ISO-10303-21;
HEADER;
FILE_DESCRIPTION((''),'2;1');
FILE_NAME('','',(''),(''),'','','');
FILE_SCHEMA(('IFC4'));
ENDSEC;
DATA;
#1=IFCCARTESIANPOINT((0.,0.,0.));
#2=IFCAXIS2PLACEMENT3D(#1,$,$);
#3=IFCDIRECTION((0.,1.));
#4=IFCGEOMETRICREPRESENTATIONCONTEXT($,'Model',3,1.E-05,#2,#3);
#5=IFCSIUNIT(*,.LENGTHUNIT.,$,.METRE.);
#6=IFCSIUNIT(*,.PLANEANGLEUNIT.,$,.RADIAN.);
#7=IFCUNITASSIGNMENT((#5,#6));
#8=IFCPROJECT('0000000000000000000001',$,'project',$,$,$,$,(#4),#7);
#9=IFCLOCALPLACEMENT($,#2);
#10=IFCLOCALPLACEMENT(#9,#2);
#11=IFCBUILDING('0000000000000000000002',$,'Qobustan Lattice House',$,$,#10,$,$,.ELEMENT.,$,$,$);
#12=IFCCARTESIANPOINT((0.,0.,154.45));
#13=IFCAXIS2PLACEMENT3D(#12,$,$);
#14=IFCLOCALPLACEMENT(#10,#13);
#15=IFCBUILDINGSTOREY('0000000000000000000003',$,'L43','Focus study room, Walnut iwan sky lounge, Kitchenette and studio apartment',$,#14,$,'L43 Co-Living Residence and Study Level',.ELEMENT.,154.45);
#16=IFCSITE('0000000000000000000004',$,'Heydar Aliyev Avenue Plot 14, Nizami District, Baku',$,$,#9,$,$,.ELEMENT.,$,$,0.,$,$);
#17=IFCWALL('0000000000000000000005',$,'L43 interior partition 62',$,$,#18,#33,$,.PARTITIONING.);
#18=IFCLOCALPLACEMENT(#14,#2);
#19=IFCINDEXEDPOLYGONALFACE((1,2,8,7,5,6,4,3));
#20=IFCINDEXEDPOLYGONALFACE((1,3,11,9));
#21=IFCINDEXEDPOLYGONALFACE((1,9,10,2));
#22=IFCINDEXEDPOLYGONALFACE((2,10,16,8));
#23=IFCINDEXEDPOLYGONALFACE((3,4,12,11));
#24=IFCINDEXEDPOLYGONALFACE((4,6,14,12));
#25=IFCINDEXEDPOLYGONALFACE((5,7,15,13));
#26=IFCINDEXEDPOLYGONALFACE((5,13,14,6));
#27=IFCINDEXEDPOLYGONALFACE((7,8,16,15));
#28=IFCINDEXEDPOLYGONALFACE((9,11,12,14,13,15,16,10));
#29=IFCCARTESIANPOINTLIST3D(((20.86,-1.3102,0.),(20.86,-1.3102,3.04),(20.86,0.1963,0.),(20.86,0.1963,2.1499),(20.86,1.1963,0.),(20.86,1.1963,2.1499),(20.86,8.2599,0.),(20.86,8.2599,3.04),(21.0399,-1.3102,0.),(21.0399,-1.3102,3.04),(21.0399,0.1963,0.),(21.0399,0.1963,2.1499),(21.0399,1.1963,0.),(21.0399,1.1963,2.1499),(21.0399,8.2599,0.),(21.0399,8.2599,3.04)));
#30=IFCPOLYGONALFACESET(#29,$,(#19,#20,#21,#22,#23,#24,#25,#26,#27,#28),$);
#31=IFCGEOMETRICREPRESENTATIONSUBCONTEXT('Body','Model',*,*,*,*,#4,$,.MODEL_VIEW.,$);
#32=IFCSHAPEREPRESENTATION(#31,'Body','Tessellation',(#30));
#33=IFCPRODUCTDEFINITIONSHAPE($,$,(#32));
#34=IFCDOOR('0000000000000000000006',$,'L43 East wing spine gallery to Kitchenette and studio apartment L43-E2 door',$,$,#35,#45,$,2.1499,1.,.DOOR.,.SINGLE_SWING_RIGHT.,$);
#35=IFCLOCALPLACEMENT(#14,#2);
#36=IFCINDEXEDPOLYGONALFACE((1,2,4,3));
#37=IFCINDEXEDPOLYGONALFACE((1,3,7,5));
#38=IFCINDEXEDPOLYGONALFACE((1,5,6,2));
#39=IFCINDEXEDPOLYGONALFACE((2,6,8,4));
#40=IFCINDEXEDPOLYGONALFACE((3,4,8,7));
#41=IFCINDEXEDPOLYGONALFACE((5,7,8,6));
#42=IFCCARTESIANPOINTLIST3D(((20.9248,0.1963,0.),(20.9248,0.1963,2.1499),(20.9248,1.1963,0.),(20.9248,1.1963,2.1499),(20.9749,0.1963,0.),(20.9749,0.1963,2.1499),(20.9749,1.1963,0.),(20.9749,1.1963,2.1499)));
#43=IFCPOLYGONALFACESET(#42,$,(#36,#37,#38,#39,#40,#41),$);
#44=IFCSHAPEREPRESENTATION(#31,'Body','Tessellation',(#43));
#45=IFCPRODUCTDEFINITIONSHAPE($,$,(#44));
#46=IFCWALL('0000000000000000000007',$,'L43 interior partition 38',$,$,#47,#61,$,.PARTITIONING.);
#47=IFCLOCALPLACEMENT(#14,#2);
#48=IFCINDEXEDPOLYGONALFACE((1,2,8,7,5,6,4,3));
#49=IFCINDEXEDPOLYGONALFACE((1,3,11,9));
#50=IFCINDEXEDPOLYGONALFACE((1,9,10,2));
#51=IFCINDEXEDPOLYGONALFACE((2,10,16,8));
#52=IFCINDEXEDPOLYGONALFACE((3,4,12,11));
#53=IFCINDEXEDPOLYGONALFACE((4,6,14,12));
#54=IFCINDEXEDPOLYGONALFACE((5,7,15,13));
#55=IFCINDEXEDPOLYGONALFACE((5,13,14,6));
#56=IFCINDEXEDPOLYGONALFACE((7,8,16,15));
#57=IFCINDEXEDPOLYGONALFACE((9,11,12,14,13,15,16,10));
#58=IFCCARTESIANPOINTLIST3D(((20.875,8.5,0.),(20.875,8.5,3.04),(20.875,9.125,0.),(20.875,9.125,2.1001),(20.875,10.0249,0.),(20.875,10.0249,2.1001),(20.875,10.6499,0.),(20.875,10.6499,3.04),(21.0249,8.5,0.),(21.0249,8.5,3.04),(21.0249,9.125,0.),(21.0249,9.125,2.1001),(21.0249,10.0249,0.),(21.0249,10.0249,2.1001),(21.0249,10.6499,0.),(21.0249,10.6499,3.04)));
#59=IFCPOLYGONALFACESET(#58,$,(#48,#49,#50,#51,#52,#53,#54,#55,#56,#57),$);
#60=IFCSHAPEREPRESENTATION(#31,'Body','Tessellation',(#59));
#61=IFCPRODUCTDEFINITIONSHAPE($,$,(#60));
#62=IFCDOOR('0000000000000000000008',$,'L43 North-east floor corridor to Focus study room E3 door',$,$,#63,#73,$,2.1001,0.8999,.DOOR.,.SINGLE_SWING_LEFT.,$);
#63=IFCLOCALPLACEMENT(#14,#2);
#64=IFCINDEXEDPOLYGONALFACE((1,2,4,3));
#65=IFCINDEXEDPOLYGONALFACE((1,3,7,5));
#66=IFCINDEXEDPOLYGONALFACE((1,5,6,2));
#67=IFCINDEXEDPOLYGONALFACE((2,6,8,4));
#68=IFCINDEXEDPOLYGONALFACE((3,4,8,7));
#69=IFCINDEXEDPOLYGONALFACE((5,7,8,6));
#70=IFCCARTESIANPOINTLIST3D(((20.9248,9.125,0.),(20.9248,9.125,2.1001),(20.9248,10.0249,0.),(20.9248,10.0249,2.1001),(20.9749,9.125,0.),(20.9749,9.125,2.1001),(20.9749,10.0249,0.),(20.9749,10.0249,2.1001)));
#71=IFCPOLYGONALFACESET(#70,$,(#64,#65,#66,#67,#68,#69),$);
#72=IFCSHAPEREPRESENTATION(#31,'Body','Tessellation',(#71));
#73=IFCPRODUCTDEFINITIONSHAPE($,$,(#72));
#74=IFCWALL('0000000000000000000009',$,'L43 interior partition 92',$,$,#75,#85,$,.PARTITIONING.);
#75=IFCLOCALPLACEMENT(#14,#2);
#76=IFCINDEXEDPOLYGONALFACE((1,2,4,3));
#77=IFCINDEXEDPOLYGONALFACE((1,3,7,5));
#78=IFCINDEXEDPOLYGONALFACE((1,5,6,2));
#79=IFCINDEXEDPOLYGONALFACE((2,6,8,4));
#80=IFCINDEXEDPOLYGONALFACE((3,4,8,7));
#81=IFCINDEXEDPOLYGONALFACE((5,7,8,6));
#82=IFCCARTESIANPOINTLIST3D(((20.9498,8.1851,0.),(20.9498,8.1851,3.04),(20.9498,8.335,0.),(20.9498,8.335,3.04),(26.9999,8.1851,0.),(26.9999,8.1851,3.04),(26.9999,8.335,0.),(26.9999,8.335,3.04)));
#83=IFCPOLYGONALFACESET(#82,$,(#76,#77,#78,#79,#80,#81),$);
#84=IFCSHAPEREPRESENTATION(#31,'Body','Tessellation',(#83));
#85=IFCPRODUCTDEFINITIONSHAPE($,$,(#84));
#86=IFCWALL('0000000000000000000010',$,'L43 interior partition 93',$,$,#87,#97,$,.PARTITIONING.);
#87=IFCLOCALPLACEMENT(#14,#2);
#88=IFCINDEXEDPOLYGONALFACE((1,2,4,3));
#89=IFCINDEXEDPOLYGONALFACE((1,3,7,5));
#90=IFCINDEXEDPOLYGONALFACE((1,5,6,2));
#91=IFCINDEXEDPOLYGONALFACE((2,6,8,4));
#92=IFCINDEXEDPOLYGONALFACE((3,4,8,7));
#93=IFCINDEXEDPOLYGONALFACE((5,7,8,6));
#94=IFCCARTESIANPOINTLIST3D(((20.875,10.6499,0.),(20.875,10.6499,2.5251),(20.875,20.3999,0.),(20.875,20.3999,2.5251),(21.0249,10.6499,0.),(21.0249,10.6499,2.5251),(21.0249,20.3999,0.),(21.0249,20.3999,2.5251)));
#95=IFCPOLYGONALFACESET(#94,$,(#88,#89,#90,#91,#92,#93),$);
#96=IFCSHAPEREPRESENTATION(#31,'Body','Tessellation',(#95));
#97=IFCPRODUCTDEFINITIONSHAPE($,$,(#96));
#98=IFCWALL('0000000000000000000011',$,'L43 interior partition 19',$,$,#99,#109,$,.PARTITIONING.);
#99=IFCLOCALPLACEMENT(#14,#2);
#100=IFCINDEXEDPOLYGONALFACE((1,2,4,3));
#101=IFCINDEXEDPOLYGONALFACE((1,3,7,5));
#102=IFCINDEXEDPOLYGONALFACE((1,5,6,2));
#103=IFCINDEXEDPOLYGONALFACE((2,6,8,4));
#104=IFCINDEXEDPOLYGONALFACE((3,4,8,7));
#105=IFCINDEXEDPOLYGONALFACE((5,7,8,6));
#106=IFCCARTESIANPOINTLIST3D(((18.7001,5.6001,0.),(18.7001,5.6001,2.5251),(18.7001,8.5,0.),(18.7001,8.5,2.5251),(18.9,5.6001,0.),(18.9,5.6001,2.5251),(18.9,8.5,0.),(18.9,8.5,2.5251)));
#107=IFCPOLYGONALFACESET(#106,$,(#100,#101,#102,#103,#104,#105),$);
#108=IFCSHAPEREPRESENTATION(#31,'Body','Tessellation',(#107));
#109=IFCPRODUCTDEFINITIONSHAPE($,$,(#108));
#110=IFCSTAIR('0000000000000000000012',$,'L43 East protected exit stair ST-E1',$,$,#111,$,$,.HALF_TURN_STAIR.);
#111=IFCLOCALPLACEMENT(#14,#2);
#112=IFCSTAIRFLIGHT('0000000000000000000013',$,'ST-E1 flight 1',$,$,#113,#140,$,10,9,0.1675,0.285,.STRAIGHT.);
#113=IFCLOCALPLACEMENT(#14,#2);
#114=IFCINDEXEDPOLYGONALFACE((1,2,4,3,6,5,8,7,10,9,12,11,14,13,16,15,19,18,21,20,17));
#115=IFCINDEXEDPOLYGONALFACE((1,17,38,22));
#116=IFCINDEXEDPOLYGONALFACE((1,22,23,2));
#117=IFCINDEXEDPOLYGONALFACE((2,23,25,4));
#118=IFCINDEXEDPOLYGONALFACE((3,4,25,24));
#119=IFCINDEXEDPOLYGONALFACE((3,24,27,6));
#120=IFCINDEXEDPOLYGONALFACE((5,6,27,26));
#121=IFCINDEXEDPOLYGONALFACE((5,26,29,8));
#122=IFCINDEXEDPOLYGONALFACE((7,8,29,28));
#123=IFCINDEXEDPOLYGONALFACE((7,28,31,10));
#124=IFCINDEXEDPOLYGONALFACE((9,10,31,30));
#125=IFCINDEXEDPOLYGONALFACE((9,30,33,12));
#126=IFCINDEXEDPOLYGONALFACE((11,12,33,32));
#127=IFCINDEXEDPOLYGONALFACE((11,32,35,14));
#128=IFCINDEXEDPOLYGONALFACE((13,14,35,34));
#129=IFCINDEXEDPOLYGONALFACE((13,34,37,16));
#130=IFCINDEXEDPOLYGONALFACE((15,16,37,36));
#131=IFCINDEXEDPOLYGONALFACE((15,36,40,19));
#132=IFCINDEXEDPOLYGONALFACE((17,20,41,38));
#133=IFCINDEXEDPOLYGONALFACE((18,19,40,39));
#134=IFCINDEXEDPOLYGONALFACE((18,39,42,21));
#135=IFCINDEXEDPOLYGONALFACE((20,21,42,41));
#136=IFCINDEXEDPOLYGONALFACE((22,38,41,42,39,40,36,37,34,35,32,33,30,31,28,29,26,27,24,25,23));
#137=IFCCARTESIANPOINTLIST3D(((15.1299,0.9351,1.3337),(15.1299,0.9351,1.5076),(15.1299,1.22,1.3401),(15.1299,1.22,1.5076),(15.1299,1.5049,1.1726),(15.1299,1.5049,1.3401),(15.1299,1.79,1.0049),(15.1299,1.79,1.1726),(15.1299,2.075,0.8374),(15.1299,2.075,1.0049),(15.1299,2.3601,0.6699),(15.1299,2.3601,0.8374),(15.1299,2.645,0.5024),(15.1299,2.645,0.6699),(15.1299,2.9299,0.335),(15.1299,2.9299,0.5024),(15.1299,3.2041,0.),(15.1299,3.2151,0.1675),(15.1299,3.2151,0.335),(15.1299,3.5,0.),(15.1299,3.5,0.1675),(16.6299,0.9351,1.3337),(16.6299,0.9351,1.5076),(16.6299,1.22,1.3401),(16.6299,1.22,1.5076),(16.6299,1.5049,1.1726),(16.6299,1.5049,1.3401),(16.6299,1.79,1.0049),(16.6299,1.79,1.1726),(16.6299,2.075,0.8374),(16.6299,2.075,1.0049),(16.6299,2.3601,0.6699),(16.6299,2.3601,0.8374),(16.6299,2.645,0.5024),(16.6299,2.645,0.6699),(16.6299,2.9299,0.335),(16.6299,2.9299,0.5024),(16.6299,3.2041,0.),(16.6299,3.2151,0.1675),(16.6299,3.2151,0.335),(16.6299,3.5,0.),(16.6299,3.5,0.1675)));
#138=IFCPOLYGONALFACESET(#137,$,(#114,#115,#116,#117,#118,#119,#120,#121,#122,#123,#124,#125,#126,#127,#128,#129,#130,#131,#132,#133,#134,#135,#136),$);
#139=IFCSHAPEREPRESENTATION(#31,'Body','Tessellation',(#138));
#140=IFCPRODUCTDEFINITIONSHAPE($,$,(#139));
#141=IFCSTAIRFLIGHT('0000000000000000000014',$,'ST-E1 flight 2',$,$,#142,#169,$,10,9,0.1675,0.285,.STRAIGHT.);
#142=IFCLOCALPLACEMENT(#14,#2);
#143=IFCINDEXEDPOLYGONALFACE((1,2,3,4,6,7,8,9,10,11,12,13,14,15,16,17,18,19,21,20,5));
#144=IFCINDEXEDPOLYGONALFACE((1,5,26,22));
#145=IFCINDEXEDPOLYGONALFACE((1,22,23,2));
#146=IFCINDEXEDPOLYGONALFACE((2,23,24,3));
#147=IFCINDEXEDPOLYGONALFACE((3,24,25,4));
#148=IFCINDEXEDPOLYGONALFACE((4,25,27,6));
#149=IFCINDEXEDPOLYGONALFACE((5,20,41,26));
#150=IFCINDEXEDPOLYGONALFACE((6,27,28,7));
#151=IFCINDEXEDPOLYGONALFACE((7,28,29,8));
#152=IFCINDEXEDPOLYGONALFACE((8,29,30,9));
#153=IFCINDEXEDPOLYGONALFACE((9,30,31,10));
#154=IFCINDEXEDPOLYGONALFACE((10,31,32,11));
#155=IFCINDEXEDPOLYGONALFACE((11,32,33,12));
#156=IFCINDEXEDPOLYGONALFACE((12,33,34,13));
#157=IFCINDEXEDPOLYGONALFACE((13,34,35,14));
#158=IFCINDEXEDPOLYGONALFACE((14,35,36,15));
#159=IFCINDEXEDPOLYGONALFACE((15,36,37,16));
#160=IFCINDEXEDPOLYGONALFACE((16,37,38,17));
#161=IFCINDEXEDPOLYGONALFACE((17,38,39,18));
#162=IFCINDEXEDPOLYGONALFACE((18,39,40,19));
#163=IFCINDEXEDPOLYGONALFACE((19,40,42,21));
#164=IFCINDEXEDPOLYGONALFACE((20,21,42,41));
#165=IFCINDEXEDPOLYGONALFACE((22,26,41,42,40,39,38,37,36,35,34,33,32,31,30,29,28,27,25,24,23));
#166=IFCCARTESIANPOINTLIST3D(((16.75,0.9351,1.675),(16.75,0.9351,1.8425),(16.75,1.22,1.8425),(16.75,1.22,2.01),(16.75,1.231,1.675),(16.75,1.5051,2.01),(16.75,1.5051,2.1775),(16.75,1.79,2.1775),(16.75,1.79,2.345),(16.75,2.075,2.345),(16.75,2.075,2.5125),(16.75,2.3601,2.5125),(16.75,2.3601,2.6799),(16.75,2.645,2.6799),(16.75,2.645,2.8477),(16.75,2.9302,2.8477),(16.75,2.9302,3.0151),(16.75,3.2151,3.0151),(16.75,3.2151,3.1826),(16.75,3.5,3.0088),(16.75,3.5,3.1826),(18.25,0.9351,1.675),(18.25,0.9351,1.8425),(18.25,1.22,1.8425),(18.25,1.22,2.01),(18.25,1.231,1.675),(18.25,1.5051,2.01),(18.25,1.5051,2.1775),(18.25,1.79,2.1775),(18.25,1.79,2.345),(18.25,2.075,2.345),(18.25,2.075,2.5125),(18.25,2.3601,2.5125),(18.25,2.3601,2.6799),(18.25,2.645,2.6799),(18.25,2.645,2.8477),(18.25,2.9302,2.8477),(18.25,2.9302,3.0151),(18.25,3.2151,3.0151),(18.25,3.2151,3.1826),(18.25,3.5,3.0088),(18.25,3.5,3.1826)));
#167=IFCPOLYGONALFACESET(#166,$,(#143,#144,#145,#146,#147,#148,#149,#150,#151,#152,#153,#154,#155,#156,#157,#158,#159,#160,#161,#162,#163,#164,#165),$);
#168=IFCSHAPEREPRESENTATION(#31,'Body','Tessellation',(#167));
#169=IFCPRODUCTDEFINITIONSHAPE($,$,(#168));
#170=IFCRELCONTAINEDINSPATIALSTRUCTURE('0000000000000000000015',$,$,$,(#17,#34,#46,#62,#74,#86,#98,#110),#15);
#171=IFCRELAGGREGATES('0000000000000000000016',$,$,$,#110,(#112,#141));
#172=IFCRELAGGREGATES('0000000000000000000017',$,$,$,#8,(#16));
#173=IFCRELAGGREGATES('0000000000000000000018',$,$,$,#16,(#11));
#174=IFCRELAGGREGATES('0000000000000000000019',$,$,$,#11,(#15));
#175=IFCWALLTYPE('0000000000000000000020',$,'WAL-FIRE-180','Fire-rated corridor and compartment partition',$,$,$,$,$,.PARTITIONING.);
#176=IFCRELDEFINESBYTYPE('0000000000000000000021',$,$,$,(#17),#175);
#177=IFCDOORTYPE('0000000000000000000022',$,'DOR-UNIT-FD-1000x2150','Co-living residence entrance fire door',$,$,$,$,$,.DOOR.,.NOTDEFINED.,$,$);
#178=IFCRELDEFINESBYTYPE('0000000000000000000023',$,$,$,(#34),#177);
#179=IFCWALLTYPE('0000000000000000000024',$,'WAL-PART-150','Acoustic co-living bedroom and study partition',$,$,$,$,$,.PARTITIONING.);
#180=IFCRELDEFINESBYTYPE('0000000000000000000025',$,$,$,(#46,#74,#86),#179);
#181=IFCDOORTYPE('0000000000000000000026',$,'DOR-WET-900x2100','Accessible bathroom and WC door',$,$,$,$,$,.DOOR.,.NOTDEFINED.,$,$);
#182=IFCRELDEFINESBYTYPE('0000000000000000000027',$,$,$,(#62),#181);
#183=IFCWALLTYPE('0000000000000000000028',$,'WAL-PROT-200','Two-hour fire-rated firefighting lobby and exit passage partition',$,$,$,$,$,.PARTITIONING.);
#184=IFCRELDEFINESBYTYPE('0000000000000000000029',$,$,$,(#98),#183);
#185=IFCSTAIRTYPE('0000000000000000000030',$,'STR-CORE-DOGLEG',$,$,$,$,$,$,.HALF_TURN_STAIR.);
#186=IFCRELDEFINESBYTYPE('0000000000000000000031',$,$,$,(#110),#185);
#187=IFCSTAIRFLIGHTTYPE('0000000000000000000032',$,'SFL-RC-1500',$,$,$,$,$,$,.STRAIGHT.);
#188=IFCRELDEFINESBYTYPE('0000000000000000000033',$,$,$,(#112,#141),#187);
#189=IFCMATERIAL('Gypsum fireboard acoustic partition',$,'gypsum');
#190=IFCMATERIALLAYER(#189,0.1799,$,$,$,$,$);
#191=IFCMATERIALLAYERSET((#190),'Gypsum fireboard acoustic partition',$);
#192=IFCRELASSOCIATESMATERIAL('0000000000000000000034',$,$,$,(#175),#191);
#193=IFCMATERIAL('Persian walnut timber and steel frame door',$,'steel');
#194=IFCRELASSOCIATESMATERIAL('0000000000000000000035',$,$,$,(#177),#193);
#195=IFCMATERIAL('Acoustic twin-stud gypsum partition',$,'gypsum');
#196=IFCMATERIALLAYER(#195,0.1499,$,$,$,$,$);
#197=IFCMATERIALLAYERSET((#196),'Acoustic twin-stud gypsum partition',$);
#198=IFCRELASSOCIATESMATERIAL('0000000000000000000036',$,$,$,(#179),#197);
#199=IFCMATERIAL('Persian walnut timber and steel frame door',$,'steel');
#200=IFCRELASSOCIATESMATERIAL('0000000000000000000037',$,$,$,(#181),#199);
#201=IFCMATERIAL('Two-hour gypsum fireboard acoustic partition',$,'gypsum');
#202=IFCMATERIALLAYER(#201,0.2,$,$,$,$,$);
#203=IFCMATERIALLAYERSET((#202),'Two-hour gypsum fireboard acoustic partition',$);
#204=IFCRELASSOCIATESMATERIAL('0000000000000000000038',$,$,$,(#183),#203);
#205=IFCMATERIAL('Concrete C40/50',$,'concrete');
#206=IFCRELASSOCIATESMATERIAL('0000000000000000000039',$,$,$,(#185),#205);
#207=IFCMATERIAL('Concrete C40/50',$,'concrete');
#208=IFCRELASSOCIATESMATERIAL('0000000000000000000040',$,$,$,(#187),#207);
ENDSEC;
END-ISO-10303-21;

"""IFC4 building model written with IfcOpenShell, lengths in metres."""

from ifc_helpers import new_model, si_unit, direction, frame, frame_2d, origin, place, context, subcontext, project, spatial, polyline, rectangle, outline, extrude, material, layer, layer_set, type_object, element, fill, aggregate, save


model = new_model("IFC4")

# Units and contexts
model_context = context("Model", 3, precision=1e-05, world=origin(), true_north=direction((0.0, 1.0)))
body_context = subcontext(model_context, "Body", "Model", "MODEL_VIEW")
ifc_project = project(units=[si_unit("LENGTHUNIT", "METRE"), si_unit("PLANEANGLEUNIT", "RADIAN")], contexts=[model_context])

# Site, building, storey
site_placement = place(None, origin())
site = spatial("IfcSite", under=ifc_project, at=site_placement, Name="Heydar Aliyev Avenue Plot 14, Nizami District, Baku", CompositionType="ELEMENT", RefElevation=0.0)
building_placement = place(site_placement, origin())
building = spatial("IfcBuilding", under=site, at=building_placement, Name="Qobustan Lattice House", CompositionType="ELEMENT")
storey_placement = place(building_placement, frame((0.0, 0.0, 154.45)))
storey = spatial("IfcBuildingStorey", under=building, at=storey_placement, Name="L43", Description="Focus study room, Walnut iwan sky lounge, Kitchenette and studio apartment", LongName="L43 Co-Living Residence and Study Level", CompositionType="ELEMENT", Elevation=154.45)

# Walls, openings, doors
ifc_material_1 = material(Name="Gypsum fireboard acoustic partition", Category="gypsum")
ifc_layer_1 = layer(ifc_material_1, 0.1799)
ifc_layer_set_1 = layer_set([ifc_layer_1], Name="Gypsum fireboard acoustic partition")
wall_type_1 = type_object("IfcWallType", Name="WAL-FIRE-180", Description="Fire-rated corridor and compartment partition", PredefinedType="PARTITIONING", material=ifc_layer_set_1)
wall_1_placement = place(storey_placement, frame((20.95, 8.26, 0.0), z_axis=(0.0, 0.0, 1.0), x_axis=(0.0, -1.0, 0.0)))
wall_1 = element("IfcWall", 1, at=wall_1_placement, inside=storey, type_object=wall_type_1, Name="L43 interior partition 62", PredefinedType="PARTITIONING", context=body_context, shape_type="SweptSolid", body=[
    extrude(rectangle(XDim=9.5701, YDim=0.1799, at=frame_2d((4.7852, 0.0))), origin(), (0.0, 0.0, 1.0), 3.04),
])
opening_1_placement = place(wall_1_placement, frame((7.0637, 0.0, 0.0)))
opening_1 = element("IfcOpeningElement", 2, at=opening_1_placement, cuts=wall_1, PredefinedType="OPENING", context=body_context, shape_type="SweptSolid", body=[
    extrude(rectangle(XDim=1.0, YDim=2.1499, at=frame_2d((0.5, 1.075))), frame((0.0, 0.0999, 0.0), z_axis=(0.0, -1.0, 0.0), x_axis=(1.0, 0.0, 0.0)), (0.0, 0.0, 1.0), 0.2),
])
ifc_material_2 = material(Name="Persian walnut timber and steel frame door", Category="steel")
door_type_1 = type_object("IfcDoorType", Name="DOR-UNIT-FD-1000x2150", Description="Co-living residence entrance fire door", OperationType="NOTDEFINED", PredefinedType="DOOR", material=ifc_material_2)
door_1_placement = place(opening_1_placement, origin())
door_1 = element("IfcDoor", 3, at=door_1_placement, inside=storey, type_object=door_type_1, Name="L43 East wing spine gallery to Kitchenette and studio apartment L43-E2 door", OperationType="SINGLE_SWING_RIGHT", OverallHeight=2.1499, OverallWidth=1.0, PredefinedType="DOOR", context=body_context, shape_type="SweptSolid", body=[
    extrude(rectangle(XDim=1.0, YDim=2.1499, at=frame_2d((0.5, 1.075))), frame((0.0, 0.0249, 0.0), z_axis=(0.0, -1.0, 0.0), x_axis=(1.0, 0.0, 0.0)), (0.0, 0.0, 1.0), 0.05),
])
fill(opening_1, door_1)
ifc_material_3 = material(Name="Acoustic twin-stud gypsum partition", Category="gypsum")
ifc_layer_2 = layer(ifc_material_3, 0.1499)
ifc_layer_set_2 = layer_set([ifc_layer_2], Name="Acoustic twin-stud gypsum partition")
wall_type_2 = type_object("IfcWallType", Name="WAL-PART-150", Description="Acoustic co-living bedroom and study partition", PredefinedType="PARTITIONING", material=ifc_layer_set_2)
wall_2_placement = place(storey_placement, frame((20.95, 10.6499, 0.0), z_axis=(0.0, 0.0, 1.0), x_axis=(0.0, -1.0, 0.0)))
wall_2 = element("IfcWall", 4, at=wall_2_placement, inside=storey, type_object=wall_type_2, Name="L43 interior partition 38", PredefinedType="PARTITIONING", context=body_context, shape_type="SweptSolid", body=[
    extrude(rectangle(XDim=2.1499, YDim=0.1499, at=frame_2d((1.075, 0.0))), origin(), (0.0, 0.0, 1.0), 3.04),
])
opening_2_placement = place(wall_2_placement, frame((0.625, 0.0, 0.0)))
opening_2 = element("IfcOpeningElement", 5, at=opening_2_placement, cuts=wall_2, PredefinedType="OPENING", context=body_context, shape_type="SweptSolid", body=[
    extrude(rectangle(XDim=0.8999, YDim=2.1001, at=frame_2d((0.45, 1.05))), frame((0.0, 0.085, 0.0), z_axis=(0.0, -1.0, 0.0), x_axis=(1.0, 0.0, 0.0)), (0.0, 0.0, 1.0), 0.1699),
])
ifc_material_4 = material(Name="Persian walnut timber and steel frame door", Category="steel")
door_type_2 = type_object("IfcDoorType", Name="DOR-WET-900x2100", Description="Accessible bathroom and WC door", OperationType="NOTDEFINED", PredefinedType="DOOR", material=ifc_material_4)
door_2_placement = place(opening_2_placement, origin())
door_2 = element("IfcDoor", 6, at=door_2_placement, inside=storey, type_object=door_type_2, Name="L43 North-east floor corridor to Focus study room E3 door", OperationType="SINGLE_SWING_LEFT", OverallHeight=2.1001, OverallWidth=0.8999, PredefinedType="DOOR", context=body_context, shape_type="SweptSolid", body=[
    extrude(rectangle(XDim=0.8999, YDim=2.1001, at=frame_2d((0.45, 1.05))), frame((0.0, 0.0249, 0.0), z_axis=(0.0, -1.0, 0.0), x_axis=(1.0, 0.0, 0.0)), (0.0, 0.0, 1.0), 0.05),
])
fill(opening_2, door_2)

# Walls
wall_3_placement = place(storey_placement, frame((20.95, 8.26, 0.0), z_axis=(0.0, 0.0, 1.0), x_axis=(1.0, 0.0, 0.0)))
element("IfcWall", 7, at=wall_3_placement, inside=storey, type_object=wall_type_2, Name="L43 interior partition 92", PredefinedType="PARTITIONING", context=body_context, shape_type="SweptSolid", body=[
    extrude(rectangle(XDim=6.05, YDim=0.1499, at=frame_2d((3.0249, 0.0))), origin(), (0.0, 0.0, 1.0), 3.04),
])
wall_4_placement = place(storey_placement, frame((20.95, 10.6499, 0.0), z_axis=(0.0, 0.0, 1.0), x_axis=(0.0, 1.0, 0.0)))
element("IfcWall", 8, at=wall_4_placement, inside=storey, type_object=wall_type_2, Name="L43 interior partition 93", PredefinedType="PARTITIONING", context=body_context, shape_type="SweptSolid", body=[
    extrude(rectangle(XDim=9.75, YDim=0.1499, at=frame_2d((4.875, 0.0))), origin(), (0.0, 0.0, 1.0), 2.5251),
])

# Shared definitions
ifc_material_5 = material(Name="Two-hour gypsum fireboard acoustic partition", Category="gypsum")
ifc_layer_3 = layer(ifc_material_5, 0.2)
ifc_layer_set_3 = layer_set([ifc_layer_3], Name="Two-hour gypsum fireboard acoustic partition")
wall_type_3 = type_object("IfcWallType", Name="WAL-PROT-200", Description="Two-hour fire-rated firefighting lobby and exit passage partition", PredefinedType="PARTITIONING", material=ifc_layer_set_3)

# Wall
wall_5_placement = place(storey_placement, frame((18.8, 5.6001, 0.0), z_axis=(0.0, 0.0, 1.0), x_axis=(0.0, 1.0, 0.0)))
element("IfcWall", 9, at=wall_5_placement, inside=storey, type_object=wall_type_3, Name="L43 interior partition 19", PredefinedType="PARTITIONING", context=body_context, shape_type="SweptSolid", body=[
    extrude(rectangle(XDim=2.8999, YDim=0.2, at=frame_2d((1.45, 0.0))), origin(), (0.0, 0.0, 1.0), 2.5251),
])

# Stair, stair flights
ifc_material_6 = material(Name="Concrete C40/50", Category="concrete")
stair_type = type_object("IfcStairType", Name="STR-CORE-DOGLEG", PredefinedType="HALF_TURN_STAIR", material=ifc_material_6)
stair_placement = place(storey_placement, origin())
stair = element("IfcStair", 10, at=stair_placement, inside=storey, type_object=stair_type, Name="L43 East protected exit stair ST-E1", PredefinedType="HALF_TURN_STAIR")
ifc_material_7 = material(Name="Concrete C40/50", Category="concrete")
stair_flight_type = type_object("IfcStairFlightType", Name="SFL-RC-1500", PredefinedType="STRAIGHT", material=ifc_material_7)
stair_flight_1_placement = place(storey_placement, frame((15.8799, 3.5, 0.0), z_axis=(0.0, 0.0, 1.0), x_axis=(0.0, -1.0, 0.0)))
stair_flight_1 = element("IfcStairFlight", 11, at=stair_flight_1_placement, type_object=stair_flight_type, Name="ST-E1 flight 1", NumberOfRisers=10, NumberOfTreads=9, PredefinedType="STRAIGHT", RiserHeight=0.1675, TreadLength=0.285, context=body_context, shape_type="SweptSolid", body=[
    extrude(outline(polyline([(0.0, 0.0), (0.0, 0.1675), (0.2849, 0.1675), (0.2849, 0.335), (0.5701, 0.335), (0.5701, 0.5024), (0.855, 0.5024), (0.855, 0.6699), (1.1399, 0.6699), (1.1399, 0.8374), (1.425, 0.8374), (1.425, 1.0049), (1.71, 1.0049), (1.71, 1.1726), (1.9951, 1.1726), (1.9951, 1.3401), (2.28, 1.3401), (2.28, 1.5076), (2.5649, 1.5076), (2.5649, 1.675), (2.5649, 1.3337), (0.2959, 0.0), (0.0, 0.0)])), frame((0.0, 0.75, 0.0), z_axis=(0.0, -1.0, 0.0), x_axis=(1.0, 0.0, 0.0)), (0.0, 0.0, 1.0), 1.5),
])
stair_flight_2_placement = place(storey_placement, frame((17.5, 0.9351, 1.675), z_axis=(0.0, 0.0, 1.0), x_axis=(0.0, 1.0, 0.0)))
stair_flight_2 = element("IfcStairFlight", 12, at=stair_flight_2_placement, type_object=stair_flight_type, Name="ST-E1 flight 2", NumberOfRisers=10, NumberOfTreads=9, PredefinedType="STRAIGHT", RiserHeight=0.1675, TreadLength=0.285, context=body_context, shape_type="SweptSolid", body=[
    extrude(outline(polyline([(0.0, 0.0), (0.0, 0.1675), (0.2849, 0.1675), (0.2849, 0.335), (0.5701, 0.335), (0.5701, 0.5024), (0.855, 0.5024), (0.855, 0.6699), (1.1399, 0.6699), (1.1399, 0.8374), (1.425, 0.8374), (1.425, 1.0049), (1.71, 1.0049), (1.71, 1.1726), (1.9951, 1.1726), (1.9951, 1.3401), (2.28, 1.3401), (2.28, 1.5076), (2.5649, 1.5076), (2.5649, 1.675), (2.5649, 1.3337), (0.2959, 0.0), (0.0, 0.0)])), frame((0.0, 0.75, 0.0), z_axis=(0.0, -1.0, 0.0), x_axis=(1.0, 0.0, 0.0)), (0.0, 0.0, 1.0), 1.5),
])
aggregate(stair, [stair_flight_1, stair_flight_2])

save(model, "model.ifc")
